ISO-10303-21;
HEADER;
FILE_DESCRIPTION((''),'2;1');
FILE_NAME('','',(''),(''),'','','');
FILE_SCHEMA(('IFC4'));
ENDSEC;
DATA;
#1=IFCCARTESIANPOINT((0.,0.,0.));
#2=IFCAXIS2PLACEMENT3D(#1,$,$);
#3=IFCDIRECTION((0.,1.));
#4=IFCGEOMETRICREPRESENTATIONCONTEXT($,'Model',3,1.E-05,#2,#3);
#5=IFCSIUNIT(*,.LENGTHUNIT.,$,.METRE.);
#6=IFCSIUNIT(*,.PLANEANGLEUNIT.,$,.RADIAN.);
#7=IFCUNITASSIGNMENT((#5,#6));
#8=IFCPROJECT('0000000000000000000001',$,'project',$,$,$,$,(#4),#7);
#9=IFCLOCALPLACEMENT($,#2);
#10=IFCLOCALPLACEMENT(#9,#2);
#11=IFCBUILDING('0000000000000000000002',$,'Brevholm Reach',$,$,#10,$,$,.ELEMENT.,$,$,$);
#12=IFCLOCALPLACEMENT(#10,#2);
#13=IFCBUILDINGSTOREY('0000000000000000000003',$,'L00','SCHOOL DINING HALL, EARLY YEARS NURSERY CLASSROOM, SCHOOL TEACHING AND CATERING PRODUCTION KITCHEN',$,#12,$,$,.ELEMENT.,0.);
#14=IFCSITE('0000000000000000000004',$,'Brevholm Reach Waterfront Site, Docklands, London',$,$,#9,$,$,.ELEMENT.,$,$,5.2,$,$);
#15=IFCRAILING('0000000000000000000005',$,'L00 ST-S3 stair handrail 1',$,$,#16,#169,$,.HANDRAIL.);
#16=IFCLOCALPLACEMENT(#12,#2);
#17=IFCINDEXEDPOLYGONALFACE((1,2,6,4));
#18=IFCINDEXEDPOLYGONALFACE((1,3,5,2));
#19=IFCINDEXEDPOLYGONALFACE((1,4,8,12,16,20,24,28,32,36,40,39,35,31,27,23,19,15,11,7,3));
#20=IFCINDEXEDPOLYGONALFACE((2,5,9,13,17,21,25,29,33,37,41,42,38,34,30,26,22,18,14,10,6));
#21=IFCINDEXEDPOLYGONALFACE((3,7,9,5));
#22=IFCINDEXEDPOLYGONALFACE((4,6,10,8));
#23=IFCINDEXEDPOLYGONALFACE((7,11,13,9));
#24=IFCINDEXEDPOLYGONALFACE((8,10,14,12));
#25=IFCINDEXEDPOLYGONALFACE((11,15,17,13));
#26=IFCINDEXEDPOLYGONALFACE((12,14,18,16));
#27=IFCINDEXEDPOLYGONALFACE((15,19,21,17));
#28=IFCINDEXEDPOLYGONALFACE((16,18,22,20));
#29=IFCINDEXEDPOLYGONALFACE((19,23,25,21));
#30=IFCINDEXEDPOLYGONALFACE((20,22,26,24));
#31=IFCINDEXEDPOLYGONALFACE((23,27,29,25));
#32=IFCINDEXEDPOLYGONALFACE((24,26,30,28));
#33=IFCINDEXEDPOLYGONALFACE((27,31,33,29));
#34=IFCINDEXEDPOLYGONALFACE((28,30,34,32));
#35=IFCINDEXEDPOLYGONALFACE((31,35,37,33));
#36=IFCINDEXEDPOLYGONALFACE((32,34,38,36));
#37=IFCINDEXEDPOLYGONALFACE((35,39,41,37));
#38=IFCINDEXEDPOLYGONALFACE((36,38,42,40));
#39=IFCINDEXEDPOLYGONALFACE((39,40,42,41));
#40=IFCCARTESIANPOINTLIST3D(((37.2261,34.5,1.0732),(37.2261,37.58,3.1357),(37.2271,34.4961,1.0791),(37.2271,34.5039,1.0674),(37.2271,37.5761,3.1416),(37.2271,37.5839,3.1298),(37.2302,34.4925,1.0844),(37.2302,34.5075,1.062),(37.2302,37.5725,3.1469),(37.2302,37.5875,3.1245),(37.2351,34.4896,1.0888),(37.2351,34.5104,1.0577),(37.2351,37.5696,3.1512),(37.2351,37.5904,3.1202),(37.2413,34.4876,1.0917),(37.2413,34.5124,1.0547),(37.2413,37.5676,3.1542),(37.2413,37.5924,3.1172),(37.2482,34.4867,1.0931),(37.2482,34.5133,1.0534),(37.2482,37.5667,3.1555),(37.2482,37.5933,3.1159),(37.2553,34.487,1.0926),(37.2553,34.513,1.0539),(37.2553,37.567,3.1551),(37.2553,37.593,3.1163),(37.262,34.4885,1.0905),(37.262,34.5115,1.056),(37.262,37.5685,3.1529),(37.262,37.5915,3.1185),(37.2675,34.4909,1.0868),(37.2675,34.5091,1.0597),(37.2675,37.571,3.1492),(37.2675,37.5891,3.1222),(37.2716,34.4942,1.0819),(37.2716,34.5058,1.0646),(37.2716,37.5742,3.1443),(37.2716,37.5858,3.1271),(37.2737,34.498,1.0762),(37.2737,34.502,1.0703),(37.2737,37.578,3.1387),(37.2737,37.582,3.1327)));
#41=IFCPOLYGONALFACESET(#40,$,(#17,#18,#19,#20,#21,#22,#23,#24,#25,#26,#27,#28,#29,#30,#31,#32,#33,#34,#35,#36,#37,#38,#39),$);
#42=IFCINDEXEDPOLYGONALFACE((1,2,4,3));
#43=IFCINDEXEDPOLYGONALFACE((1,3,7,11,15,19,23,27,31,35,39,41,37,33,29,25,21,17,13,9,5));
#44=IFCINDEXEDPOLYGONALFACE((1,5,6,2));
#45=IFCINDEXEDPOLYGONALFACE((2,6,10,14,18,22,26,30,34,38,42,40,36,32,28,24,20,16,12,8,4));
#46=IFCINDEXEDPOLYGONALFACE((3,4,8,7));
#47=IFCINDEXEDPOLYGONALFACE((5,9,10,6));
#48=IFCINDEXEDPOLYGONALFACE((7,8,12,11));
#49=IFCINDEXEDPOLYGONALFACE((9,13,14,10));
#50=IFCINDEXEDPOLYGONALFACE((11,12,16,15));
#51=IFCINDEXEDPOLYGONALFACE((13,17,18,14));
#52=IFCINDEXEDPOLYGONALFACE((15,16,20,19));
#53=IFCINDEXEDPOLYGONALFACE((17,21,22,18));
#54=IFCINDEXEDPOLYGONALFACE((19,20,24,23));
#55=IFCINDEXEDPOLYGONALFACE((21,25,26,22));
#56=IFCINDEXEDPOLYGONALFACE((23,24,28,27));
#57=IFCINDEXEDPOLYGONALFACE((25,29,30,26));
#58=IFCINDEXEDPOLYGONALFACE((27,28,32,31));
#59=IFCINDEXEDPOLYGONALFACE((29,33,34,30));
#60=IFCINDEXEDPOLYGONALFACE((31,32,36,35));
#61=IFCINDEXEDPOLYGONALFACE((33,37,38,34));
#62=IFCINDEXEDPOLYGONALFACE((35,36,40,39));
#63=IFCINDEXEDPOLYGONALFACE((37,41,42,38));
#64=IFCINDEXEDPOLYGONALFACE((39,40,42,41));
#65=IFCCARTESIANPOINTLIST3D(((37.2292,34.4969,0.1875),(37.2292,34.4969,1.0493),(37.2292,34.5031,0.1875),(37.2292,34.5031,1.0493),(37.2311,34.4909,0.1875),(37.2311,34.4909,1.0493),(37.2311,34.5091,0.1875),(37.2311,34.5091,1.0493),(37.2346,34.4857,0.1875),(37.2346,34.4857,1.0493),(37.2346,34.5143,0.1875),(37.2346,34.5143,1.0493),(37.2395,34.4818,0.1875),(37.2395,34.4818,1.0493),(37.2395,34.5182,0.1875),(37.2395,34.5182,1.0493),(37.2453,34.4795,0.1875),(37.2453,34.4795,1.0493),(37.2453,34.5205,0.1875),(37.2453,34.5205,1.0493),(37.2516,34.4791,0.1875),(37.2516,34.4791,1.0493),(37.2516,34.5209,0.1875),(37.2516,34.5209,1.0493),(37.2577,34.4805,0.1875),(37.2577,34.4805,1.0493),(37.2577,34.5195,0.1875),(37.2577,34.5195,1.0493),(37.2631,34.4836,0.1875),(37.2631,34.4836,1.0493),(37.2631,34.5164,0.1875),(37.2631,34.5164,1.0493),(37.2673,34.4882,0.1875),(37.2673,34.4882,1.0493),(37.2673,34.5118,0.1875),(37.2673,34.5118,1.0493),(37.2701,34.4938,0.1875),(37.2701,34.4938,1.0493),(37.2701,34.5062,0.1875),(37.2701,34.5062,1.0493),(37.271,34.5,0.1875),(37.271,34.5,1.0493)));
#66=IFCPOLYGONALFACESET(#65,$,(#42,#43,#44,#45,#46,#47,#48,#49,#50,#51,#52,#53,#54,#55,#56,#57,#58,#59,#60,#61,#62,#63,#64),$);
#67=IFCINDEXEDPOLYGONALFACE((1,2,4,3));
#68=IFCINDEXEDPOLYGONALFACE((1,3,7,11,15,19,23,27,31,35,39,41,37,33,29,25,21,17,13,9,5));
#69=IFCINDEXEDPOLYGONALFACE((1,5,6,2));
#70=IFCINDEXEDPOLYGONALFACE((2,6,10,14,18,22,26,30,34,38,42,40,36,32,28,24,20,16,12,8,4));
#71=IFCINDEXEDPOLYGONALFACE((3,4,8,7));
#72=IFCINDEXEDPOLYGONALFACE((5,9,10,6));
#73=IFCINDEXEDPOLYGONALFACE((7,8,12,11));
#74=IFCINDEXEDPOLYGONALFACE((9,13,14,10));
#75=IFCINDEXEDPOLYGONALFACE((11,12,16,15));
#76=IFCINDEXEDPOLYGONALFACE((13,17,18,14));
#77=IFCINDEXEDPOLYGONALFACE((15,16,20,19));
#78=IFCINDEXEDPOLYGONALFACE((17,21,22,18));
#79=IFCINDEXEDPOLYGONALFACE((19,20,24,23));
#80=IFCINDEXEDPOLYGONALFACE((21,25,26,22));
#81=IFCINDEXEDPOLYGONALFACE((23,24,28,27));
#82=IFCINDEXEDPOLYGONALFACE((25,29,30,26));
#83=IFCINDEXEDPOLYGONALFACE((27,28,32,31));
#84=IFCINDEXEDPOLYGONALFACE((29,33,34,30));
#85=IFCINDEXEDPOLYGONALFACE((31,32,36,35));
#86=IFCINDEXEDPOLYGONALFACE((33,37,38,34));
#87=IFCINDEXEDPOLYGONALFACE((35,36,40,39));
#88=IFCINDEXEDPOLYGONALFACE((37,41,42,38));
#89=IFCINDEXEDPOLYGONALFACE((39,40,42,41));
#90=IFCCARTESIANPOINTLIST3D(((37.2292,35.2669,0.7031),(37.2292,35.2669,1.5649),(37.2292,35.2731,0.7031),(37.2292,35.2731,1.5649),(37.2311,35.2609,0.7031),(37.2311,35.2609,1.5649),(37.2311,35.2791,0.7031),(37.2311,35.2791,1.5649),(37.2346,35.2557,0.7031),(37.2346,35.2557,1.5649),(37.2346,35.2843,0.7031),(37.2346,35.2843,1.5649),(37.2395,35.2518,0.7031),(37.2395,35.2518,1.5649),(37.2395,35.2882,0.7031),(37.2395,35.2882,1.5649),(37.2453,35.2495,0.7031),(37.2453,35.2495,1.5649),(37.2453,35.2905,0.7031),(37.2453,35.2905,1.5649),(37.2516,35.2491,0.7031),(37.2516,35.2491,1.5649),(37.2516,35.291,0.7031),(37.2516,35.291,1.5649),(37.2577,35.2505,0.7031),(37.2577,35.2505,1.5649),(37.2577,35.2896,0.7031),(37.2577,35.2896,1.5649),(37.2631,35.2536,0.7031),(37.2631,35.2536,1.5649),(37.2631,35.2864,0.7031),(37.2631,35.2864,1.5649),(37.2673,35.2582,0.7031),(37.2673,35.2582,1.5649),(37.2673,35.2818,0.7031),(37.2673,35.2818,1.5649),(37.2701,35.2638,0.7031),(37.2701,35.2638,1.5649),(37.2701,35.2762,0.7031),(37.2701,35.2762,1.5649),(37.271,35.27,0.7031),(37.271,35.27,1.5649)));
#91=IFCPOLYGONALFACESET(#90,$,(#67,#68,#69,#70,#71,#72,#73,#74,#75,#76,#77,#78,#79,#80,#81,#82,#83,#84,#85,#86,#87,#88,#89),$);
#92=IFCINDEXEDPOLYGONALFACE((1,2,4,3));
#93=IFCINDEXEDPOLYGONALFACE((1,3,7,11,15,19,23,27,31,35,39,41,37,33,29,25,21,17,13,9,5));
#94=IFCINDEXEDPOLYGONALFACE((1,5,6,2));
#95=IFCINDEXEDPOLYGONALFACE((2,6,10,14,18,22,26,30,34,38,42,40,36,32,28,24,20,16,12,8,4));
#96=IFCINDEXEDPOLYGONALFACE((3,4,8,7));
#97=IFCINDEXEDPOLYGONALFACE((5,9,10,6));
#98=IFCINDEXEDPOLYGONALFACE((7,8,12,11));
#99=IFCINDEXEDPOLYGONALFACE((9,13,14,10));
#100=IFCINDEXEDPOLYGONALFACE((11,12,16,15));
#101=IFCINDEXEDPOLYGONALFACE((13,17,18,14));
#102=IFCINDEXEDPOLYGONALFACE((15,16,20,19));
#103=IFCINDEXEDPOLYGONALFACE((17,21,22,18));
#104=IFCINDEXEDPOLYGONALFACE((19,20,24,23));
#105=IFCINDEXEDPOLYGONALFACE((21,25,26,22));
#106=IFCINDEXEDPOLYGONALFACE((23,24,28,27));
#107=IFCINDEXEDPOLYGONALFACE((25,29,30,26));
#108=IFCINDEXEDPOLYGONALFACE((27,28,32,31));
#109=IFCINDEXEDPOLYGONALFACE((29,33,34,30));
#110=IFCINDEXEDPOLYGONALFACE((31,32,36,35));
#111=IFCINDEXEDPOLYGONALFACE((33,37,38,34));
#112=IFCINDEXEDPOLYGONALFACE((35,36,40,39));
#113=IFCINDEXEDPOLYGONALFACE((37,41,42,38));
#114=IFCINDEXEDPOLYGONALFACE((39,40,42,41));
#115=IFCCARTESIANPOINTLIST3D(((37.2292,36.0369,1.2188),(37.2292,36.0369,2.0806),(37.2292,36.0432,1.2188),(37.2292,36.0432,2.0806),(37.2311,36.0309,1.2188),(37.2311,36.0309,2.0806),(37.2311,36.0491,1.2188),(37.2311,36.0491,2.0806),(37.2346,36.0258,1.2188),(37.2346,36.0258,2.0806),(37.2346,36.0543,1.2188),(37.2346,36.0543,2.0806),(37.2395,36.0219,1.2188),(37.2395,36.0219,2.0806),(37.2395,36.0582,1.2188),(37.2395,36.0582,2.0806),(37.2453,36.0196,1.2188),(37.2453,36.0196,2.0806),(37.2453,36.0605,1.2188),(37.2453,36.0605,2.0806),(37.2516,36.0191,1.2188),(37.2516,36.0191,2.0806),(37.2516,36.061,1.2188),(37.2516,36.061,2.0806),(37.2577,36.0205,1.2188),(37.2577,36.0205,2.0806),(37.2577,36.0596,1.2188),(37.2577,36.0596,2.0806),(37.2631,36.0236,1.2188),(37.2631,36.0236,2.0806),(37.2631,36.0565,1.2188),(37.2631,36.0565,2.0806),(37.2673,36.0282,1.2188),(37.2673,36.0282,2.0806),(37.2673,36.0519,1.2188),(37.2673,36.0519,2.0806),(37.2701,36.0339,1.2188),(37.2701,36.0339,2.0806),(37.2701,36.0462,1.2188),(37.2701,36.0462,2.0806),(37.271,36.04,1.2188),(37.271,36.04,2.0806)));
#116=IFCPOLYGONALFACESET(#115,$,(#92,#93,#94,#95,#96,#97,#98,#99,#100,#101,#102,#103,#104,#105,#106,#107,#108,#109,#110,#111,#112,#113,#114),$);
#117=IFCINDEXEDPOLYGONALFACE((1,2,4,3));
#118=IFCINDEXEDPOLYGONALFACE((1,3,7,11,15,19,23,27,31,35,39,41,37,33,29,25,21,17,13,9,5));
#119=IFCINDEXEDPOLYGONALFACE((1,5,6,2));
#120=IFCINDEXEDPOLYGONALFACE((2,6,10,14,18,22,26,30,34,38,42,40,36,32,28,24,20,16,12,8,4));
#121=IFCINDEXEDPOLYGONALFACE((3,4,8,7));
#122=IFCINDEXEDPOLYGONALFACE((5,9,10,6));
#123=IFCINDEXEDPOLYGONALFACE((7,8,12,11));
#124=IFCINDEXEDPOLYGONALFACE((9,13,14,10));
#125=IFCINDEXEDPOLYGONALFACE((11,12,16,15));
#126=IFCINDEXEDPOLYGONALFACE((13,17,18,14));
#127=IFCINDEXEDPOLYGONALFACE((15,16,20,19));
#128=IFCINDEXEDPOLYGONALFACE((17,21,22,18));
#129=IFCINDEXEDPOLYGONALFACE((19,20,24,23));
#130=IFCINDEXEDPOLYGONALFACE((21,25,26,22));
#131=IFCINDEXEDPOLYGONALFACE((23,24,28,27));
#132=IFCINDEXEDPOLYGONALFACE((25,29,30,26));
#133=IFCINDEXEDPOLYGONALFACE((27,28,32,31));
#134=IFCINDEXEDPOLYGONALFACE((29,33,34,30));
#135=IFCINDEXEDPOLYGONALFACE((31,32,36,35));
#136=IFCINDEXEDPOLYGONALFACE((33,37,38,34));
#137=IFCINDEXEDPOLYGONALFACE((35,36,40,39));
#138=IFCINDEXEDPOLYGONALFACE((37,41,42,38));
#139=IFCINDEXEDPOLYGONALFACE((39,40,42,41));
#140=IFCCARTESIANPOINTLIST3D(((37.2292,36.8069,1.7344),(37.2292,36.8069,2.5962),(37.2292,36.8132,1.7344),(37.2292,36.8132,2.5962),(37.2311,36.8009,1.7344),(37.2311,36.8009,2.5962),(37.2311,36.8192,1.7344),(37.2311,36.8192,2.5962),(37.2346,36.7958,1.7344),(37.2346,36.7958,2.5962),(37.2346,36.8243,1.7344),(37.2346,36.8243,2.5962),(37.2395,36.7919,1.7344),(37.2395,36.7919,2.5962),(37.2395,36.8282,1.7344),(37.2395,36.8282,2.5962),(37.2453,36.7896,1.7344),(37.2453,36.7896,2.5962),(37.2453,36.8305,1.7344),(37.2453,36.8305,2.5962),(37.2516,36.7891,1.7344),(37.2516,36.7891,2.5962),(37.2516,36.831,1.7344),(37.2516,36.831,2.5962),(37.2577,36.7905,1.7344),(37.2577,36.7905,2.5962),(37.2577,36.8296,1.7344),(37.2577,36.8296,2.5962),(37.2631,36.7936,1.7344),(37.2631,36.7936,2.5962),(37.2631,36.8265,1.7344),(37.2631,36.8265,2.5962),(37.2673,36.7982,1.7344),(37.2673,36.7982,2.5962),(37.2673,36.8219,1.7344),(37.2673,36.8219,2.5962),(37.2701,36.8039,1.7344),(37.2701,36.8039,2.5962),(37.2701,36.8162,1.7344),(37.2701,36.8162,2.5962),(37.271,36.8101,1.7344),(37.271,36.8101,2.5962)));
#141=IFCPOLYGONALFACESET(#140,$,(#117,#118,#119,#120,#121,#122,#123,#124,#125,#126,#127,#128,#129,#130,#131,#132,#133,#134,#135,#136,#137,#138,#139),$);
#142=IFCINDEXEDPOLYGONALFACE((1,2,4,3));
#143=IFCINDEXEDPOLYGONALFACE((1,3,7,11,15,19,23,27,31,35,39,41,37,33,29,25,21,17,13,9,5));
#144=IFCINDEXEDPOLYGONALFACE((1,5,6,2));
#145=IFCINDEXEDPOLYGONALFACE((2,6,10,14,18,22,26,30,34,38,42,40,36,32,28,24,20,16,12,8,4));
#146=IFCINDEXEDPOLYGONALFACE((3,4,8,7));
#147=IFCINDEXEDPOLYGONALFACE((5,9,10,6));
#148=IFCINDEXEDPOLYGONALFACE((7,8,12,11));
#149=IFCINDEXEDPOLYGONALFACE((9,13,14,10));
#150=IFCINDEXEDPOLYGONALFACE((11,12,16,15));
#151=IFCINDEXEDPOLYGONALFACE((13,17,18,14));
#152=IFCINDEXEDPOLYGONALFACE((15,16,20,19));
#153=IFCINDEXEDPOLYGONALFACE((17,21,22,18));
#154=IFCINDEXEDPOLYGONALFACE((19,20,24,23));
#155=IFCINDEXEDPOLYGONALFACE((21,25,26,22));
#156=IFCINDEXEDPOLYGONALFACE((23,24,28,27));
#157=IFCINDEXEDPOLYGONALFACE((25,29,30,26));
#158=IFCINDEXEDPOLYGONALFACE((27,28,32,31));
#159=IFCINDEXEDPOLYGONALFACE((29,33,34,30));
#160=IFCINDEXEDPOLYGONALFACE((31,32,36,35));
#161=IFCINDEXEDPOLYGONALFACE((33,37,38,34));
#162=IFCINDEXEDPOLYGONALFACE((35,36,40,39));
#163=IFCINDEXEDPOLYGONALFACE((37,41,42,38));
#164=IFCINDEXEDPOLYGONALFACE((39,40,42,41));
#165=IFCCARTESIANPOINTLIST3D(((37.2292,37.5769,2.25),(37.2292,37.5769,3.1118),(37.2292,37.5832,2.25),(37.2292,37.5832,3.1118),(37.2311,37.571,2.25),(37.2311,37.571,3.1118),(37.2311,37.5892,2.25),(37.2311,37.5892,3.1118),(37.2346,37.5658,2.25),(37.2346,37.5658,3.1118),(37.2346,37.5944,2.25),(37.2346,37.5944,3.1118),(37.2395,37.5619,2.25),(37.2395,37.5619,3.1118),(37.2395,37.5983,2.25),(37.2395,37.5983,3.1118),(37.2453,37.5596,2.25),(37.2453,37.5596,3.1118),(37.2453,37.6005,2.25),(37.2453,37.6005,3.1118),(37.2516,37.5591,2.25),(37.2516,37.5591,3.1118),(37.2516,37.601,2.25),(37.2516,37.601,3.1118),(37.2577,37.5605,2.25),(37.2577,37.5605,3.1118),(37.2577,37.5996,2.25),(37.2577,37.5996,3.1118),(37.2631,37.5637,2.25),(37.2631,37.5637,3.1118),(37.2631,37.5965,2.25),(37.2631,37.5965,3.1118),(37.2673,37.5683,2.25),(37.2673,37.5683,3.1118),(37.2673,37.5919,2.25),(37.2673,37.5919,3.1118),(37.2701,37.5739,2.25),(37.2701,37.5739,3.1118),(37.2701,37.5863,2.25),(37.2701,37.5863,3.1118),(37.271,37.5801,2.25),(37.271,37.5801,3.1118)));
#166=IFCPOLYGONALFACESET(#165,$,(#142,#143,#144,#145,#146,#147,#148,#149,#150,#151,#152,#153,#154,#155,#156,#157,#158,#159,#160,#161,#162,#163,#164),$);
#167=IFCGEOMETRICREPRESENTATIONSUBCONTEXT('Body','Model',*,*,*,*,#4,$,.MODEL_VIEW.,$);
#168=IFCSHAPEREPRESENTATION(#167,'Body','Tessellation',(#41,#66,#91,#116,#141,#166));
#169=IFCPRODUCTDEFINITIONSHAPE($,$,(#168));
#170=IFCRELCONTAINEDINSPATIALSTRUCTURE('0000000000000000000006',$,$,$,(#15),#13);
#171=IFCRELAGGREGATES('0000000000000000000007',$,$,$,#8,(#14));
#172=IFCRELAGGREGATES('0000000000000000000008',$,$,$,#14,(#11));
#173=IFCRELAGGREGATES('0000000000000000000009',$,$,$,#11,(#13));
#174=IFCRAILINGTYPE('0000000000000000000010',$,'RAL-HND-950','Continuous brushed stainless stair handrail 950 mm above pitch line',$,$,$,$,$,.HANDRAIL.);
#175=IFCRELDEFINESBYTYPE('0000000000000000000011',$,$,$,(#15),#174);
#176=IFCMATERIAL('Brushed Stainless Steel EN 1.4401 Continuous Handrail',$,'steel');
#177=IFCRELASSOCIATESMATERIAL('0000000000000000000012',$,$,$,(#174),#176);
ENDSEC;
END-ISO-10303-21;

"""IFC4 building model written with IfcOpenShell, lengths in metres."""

from ifc_helpers import new_model, si_unit, direction, frame, origin, origin_2d, place, context, subcontext, project, spatial, circle, extrude, material, type_object, element, save


model = new_model("IFC4")

# Units and contexts
model_context = context("Model", 3, precision=1e-05, world=origin(), true_north=direction((0.0, 1.0)))
body_context = subcontext(model_context, "Body", "Model", "MODEL_VIEW")
ifc_project = project(units=[si_unit("LENGTHUNIT", "METRE"), si_unit("PLANEANGLEUNIT", "RADIAN")], contexts=[model_context])

# Site, building, storey
site_placement = place(None, origin())
site = spatial("IfcSite", under=ifc_project, at=site_placement, Name="Brevholm Reach Waterfront Site, Docklands, London", CompositionType="ELEMENT", RefElevation=5.2)
building_placement = place(site_placement, origin())
building = spatial("IfcBuilding", under=site, at=building_placement, Name="Brevholm Reach", CompositionType="ELEMENT")
storey_placement = place(building_placement, origin())
storey = spatial("IfcBuildingStorey", under=building, at=storey_placement, Name="L00", Description="SCHOOL DINING HALL, EARLY YEARS NURSERY CLASSROOM, SCHOOL TEACHING AND CATERING PRODUCTION KITCHEN", CompositionType="ELEMENT", Elevation=0.0)

# Railing
ifc_material_1 = material(Name="Brushed Stainless Steel EN 1.4401 Continuous Handrail", Category="steel")
railing_type_1 = type_object("IfcRailingType", Name="RAL-HND-950", Description="Continuous brushed stainless stair handrail 950 mm above pitch line", PredefinedType="HANDRAIL", material=ifc_material_1)
railing_1_placement = place(storey_placement, frame((37.25, 34.5, 0.1875)))
element("IfcRailing", 1, at=railing_1_placement, inside=storey, type_object=railing_type_1, Name="L00 ST-S3 stair handrail 1", PredefinedType="HANDRAIL", context=body_context, shape_type="SweptSolid", body=[
    extrude(circle(Radius=0.0239, at=origin_2d()), frame((0.0, 0.0, 0.8857), z_axis=(0.0, 0.830914, 0.556401), x_axis=(-1.0, 0.0, 0.0)), (0.0, 0.0, 1.0), 3.7068),
    extrude(circle(Radius=0.021, at=origin_2d()), origin(), (0.0, 0.0, 1.0), 0.8618),
    extrude(circle(Radius=0.021, at=origin_2d()), frame((0.0, 0.77, 0.5156)), (0.0, 0.0, 1.0), 0.8618),
    extrude(circle(Radius=0.021, at=origin_2d()), frame((0.0, 1.54, 1.0312)), (0.0, 0.0, 1.0), 0.8618),
    extrude(circle(Radius=0.021, at=origin_2d()), frame((0.0, 2.3101, 1.5469)), (0.0, 0.0, 1.0), 0.8618),
    extrude(circle(Radius=0.021, at=origin_2d()), frame((0.0, 3.0801, 2.0625)), (0.0, 0.0, 1.0), 0.8618),
])

save(model, "model.ifc")
